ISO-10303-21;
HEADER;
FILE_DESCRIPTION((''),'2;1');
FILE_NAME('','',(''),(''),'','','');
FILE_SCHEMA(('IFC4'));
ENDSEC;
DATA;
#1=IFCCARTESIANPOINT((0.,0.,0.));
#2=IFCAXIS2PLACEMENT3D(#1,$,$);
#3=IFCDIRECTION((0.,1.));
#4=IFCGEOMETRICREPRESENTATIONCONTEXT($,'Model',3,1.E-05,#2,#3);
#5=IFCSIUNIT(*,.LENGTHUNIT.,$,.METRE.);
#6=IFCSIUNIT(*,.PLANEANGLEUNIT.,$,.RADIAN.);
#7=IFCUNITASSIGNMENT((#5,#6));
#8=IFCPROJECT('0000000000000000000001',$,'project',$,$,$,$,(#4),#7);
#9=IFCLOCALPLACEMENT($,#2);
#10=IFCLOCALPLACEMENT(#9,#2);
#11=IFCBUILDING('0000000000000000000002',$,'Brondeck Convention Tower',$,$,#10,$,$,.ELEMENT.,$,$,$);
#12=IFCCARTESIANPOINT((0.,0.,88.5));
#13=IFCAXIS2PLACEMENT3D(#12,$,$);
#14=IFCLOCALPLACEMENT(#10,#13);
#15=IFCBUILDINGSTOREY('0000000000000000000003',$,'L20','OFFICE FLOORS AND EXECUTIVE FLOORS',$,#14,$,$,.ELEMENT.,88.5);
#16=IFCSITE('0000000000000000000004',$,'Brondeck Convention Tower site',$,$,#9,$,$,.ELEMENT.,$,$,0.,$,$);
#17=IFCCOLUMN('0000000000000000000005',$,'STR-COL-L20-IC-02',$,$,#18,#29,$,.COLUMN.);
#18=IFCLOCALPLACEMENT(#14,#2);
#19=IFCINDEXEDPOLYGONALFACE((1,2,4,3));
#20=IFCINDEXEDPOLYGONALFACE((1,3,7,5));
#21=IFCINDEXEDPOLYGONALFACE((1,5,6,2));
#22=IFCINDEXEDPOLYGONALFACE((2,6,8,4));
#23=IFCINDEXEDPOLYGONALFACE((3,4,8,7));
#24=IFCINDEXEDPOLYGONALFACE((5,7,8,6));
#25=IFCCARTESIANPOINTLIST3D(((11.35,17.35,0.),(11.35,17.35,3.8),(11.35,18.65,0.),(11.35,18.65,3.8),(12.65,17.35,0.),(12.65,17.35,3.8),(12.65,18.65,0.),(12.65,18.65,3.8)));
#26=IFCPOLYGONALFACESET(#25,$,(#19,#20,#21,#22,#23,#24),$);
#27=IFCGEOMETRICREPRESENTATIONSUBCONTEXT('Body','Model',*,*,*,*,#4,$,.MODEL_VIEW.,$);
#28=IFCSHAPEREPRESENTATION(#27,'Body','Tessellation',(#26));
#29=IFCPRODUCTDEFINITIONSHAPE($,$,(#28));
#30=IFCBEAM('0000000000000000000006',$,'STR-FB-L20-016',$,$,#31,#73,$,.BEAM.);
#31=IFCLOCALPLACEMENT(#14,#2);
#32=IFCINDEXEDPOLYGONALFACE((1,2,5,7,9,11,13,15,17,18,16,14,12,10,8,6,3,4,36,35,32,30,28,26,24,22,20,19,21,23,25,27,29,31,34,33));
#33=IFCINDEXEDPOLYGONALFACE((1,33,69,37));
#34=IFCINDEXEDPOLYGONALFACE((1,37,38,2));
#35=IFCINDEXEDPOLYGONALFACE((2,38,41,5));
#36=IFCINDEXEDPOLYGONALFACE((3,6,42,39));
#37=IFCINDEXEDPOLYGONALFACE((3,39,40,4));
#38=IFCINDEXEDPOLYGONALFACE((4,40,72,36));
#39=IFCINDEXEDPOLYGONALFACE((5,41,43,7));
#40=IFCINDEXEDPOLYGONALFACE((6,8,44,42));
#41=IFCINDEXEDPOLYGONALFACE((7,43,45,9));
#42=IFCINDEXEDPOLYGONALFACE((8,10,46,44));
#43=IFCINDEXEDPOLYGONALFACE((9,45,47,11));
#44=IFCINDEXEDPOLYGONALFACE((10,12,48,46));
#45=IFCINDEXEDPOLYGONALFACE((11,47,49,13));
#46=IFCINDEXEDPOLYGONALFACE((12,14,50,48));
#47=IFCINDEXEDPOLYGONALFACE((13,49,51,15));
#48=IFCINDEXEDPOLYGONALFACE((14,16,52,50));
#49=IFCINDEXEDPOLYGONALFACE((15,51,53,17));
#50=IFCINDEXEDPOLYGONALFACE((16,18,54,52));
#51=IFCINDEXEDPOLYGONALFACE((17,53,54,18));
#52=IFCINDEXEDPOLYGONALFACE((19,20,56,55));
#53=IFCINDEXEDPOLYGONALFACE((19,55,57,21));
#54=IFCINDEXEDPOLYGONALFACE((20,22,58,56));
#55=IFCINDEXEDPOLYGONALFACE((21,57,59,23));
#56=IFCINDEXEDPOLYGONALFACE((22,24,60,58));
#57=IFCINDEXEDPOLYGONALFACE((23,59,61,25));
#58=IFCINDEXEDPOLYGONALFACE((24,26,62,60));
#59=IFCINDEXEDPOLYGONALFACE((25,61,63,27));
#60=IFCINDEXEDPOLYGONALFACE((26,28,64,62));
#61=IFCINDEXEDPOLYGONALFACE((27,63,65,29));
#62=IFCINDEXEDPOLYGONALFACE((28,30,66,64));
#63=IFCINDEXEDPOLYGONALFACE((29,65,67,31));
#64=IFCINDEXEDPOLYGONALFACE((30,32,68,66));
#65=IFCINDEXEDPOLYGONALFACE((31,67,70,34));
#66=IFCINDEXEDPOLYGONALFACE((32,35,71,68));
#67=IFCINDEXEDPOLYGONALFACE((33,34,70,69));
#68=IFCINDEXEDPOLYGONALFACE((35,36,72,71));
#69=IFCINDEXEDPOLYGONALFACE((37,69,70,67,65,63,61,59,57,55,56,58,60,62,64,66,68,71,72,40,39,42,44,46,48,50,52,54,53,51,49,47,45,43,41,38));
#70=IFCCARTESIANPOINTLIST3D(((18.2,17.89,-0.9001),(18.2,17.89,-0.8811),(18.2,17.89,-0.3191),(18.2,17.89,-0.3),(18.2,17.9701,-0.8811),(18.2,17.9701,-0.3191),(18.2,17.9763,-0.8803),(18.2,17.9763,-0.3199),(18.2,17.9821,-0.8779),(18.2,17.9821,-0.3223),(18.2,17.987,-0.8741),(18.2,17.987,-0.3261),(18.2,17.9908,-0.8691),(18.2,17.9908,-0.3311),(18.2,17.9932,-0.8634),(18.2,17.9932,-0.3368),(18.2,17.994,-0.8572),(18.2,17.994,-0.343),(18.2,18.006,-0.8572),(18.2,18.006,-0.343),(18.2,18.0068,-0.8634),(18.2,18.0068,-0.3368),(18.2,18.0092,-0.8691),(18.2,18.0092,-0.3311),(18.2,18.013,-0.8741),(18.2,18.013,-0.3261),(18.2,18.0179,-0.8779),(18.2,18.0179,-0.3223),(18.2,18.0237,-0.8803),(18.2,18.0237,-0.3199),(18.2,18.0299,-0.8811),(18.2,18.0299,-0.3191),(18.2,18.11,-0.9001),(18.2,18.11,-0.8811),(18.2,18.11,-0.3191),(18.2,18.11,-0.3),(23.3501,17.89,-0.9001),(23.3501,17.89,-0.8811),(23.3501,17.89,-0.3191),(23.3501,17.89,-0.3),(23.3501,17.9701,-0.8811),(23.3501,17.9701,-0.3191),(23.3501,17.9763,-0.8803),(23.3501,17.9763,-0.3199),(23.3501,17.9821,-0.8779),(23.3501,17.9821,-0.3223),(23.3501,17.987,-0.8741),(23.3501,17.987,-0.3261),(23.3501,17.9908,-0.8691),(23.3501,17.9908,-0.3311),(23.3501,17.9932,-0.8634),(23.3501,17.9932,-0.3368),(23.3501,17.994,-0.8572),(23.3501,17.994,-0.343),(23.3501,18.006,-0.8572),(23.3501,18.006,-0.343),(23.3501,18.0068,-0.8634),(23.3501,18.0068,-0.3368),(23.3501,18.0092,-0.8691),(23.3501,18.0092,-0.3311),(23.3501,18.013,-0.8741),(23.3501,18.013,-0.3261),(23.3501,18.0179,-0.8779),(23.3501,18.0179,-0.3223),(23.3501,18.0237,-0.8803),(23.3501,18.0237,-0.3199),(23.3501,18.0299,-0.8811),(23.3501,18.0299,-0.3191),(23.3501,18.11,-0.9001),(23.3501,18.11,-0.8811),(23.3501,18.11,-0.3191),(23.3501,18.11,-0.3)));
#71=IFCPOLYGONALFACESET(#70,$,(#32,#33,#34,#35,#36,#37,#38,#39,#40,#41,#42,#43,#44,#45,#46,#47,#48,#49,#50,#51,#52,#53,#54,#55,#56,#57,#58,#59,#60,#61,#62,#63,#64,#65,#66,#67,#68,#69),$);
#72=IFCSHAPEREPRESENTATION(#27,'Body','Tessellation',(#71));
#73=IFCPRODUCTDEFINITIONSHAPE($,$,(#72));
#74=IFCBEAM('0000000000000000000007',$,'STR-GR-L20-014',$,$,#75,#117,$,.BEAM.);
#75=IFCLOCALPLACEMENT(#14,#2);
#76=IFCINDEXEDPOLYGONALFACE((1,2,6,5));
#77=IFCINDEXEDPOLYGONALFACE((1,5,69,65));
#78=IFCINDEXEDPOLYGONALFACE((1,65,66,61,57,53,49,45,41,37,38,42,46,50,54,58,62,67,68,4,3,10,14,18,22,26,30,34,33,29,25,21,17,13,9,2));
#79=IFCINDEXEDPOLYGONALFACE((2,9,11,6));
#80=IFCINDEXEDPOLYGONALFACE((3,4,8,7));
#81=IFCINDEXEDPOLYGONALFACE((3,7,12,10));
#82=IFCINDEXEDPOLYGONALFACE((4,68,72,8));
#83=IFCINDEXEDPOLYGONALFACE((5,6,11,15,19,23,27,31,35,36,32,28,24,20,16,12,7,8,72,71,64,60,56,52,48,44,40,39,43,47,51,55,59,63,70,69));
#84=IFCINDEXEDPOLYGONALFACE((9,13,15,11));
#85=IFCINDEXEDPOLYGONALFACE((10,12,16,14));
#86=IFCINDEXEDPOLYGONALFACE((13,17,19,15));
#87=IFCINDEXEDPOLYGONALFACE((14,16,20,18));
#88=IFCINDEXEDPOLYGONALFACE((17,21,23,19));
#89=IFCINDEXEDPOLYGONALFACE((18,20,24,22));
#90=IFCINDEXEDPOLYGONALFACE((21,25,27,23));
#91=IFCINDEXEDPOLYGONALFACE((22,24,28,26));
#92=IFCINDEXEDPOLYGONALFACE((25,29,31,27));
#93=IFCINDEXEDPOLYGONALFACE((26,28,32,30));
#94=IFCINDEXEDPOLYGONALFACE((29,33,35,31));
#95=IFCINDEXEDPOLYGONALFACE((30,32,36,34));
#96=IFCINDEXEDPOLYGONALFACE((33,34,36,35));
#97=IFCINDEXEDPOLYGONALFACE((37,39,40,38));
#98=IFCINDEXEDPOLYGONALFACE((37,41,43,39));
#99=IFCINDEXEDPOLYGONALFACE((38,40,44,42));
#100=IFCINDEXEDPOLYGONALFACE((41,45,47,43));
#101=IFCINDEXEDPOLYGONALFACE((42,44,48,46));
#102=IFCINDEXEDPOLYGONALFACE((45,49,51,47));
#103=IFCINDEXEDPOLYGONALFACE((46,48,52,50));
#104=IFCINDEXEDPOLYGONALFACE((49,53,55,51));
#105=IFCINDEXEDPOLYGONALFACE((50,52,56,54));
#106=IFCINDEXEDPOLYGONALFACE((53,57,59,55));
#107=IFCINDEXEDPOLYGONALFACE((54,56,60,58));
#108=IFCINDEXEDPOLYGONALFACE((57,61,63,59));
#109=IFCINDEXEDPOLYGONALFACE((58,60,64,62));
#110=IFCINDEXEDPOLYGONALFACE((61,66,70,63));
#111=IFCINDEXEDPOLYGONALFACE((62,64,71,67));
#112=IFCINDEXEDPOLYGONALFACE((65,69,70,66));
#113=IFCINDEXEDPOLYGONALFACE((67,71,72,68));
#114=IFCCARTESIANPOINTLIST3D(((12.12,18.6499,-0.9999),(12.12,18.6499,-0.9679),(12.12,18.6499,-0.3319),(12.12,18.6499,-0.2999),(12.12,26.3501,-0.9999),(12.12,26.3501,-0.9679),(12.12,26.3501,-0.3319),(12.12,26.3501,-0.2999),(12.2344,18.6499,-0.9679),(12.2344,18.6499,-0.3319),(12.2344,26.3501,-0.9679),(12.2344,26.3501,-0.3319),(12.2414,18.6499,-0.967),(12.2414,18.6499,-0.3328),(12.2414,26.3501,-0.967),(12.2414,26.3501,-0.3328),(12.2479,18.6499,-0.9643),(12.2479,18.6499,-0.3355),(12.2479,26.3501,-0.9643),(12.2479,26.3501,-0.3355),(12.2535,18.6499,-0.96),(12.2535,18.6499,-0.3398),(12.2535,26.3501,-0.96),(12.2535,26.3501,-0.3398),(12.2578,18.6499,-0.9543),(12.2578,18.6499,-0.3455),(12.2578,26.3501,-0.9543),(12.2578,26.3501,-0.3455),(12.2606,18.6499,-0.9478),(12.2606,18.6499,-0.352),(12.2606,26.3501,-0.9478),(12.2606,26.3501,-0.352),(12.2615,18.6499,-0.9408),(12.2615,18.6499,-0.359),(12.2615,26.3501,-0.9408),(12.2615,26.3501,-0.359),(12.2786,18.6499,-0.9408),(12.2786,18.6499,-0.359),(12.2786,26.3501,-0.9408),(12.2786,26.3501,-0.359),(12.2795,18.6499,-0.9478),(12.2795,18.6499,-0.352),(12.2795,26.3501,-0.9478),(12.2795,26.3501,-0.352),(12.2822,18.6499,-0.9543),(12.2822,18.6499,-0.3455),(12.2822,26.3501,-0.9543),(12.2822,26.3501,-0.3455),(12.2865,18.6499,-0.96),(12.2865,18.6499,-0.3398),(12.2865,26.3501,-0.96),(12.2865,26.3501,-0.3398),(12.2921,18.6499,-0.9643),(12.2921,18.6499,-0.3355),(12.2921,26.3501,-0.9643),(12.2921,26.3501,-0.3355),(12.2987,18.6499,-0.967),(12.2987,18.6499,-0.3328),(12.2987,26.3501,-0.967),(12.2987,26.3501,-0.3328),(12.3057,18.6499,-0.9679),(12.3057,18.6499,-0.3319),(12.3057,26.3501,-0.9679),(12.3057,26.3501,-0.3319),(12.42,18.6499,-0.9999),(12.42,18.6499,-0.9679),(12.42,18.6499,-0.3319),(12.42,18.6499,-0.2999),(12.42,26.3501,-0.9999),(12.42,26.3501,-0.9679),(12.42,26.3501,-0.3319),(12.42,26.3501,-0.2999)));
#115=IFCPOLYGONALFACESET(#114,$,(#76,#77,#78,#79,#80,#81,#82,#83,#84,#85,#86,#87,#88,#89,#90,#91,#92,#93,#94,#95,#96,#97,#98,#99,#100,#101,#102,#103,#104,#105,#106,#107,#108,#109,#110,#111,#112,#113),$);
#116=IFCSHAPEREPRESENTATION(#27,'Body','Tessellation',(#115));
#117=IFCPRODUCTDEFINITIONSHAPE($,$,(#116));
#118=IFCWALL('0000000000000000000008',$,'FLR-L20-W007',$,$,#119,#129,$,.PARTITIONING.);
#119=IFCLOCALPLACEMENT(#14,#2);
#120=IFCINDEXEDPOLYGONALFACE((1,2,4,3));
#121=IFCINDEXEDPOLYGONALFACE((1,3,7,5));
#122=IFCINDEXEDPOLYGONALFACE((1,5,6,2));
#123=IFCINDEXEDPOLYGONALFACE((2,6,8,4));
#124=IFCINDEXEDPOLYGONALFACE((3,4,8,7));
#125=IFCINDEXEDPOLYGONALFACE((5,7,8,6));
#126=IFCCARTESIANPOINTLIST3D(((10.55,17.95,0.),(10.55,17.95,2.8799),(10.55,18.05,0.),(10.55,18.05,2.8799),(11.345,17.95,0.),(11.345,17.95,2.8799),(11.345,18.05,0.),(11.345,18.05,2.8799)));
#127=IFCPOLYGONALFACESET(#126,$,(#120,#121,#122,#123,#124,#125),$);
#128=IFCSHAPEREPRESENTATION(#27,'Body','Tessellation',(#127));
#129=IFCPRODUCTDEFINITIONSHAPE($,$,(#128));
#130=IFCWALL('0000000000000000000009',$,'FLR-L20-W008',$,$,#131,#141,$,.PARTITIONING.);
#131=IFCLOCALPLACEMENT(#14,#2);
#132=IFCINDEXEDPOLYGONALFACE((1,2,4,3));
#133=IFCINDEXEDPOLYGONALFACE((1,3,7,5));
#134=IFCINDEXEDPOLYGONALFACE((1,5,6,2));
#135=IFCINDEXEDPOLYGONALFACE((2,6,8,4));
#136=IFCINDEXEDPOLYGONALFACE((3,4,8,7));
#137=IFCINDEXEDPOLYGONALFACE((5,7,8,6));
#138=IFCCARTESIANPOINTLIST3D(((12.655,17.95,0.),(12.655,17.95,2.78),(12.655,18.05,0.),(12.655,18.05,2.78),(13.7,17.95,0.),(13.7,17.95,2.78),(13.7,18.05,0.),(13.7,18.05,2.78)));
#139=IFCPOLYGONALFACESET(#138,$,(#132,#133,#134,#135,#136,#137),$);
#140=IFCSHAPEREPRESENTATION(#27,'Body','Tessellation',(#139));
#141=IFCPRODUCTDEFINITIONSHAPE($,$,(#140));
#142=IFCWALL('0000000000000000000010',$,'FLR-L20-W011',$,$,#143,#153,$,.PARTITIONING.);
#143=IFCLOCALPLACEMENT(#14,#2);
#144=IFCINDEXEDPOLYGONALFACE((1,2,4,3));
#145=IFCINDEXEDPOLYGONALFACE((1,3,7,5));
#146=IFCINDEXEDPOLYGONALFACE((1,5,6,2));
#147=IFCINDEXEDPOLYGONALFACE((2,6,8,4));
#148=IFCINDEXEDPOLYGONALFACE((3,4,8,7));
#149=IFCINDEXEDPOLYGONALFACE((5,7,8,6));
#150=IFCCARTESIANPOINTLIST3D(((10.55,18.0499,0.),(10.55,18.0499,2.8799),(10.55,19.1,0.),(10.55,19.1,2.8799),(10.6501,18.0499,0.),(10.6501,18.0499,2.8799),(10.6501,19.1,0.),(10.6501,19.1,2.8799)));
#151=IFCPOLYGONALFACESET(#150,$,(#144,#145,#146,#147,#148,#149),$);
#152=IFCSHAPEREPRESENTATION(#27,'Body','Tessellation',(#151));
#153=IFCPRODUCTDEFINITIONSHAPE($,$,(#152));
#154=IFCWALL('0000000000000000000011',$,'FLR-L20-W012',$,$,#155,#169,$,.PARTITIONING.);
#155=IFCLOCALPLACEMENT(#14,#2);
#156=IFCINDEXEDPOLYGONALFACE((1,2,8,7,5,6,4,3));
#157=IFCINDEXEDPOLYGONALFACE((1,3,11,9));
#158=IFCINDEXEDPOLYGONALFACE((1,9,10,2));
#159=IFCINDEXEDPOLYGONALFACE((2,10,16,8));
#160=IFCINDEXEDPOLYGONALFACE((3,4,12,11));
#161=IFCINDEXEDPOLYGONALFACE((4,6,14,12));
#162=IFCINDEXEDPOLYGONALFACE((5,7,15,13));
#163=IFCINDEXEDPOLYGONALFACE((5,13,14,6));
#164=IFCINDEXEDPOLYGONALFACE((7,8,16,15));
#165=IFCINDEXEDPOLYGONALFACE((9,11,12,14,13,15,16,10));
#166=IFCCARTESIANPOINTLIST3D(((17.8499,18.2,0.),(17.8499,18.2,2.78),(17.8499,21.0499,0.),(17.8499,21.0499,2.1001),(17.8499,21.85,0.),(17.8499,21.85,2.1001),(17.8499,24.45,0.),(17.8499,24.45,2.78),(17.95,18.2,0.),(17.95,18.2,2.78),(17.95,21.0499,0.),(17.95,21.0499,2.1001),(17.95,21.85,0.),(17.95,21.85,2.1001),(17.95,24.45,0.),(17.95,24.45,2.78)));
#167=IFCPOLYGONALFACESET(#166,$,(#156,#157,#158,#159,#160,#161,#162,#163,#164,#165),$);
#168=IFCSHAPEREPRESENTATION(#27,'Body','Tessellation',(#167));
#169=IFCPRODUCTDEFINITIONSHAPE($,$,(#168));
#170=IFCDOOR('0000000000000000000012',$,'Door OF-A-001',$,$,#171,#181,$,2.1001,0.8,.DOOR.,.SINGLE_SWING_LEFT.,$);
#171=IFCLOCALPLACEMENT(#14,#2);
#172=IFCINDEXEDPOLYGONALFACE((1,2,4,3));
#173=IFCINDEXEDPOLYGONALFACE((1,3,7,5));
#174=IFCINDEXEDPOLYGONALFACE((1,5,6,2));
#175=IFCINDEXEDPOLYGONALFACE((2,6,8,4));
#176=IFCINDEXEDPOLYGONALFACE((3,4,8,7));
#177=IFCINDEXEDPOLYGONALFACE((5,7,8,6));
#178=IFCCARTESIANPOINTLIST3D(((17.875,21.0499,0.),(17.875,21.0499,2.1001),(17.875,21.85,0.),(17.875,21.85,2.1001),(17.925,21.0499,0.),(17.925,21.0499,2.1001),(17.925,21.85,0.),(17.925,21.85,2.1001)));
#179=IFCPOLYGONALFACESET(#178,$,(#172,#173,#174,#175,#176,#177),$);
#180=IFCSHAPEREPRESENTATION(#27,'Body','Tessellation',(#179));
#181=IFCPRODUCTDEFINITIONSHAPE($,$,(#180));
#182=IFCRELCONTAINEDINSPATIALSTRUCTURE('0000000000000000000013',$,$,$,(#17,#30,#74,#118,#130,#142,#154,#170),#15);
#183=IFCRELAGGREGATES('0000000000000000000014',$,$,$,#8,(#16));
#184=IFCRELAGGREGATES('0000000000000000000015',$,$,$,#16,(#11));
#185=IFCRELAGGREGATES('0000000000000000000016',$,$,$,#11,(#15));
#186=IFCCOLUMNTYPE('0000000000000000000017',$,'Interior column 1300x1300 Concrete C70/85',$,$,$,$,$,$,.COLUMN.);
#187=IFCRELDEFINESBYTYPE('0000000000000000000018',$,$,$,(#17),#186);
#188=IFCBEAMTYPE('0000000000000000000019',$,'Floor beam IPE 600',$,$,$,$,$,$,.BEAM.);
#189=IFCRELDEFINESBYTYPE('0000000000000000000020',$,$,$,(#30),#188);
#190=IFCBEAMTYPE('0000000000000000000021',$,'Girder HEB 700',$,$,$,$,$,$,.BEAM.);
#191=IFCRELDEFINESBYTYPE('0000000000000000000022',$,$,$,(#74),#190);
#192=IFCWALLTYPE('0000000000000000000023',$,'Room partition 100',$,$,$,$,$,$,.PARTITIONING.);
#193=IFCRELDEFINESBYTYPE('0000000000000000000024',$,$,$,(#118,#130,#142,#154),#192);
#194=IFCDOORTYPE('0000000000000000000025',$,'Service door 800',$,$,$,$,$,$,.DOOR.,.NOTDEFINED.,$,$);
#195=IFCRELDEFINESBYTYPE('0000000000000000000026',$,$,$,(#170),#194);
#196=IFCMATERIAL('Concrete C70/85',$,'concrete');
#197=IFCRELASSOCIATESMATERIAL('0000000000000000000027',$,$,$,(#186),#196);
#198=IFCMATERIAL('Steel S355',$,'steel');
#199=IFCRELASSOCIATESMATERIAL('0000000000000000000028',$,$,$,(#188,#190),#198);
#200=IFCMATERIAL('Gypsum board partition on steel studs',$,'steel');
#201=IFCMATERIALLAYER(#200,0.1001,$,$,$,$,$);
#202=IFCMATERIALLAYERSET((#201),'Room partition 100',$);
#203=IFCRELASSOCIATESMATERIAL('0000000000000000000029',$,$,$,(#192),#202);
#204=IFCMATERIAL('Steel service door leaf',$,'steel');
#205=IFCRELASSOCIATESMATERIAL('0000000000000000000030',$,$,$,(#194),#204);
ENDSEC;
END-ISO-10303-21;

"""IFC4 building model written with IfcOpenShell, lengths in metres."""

from ifc_helpers import new_model, si_unit, direction, frame, frame_2d, origin, origin_2d, place, context, subcontext, project, spatial, rectangle, i_section, extrude, material, layer, layer_set, material_profile, profile_set, type_object, element, fill, save


model = new_model("IFC4")

# Units and contexts
model_context = context("Model", 3, precision=1e-05, world=origin(), true_north=direction((0.0, 1.0)))
body_context = subcontext(model_context, "Body", "Model", "MODEL_VIEW")
ifc_project = project(units=[si_unit("LENGTHUNIT", "METRE"), si_unit("PLANEANGLEUNIT", "RADIAN")], contexts=[model_context])

# Site, building, storey
site_placement = place(None, origin())
site = spatial("IfcSite", under=ifc_project, at=site_placement, Name="Brondeck Convention Tower site", CompositionType="ELEMENT", RefElevation=0.0)
building_placement = place(site_placement, origin())
building = spatial("IfcBuilding", under=site, at=building_placement, Name="Brondeck Convention Tower", CompositionType="ELEMENT")
storey_placement = place(building_placement, frame((0.0, 0.0, 88.5)))
storey = spatial("IfcBuildingStorey", under=building, at=storey_placement, Name="L20", Description="OFFICE FLOORS AND EXECUTIVE FLOORS", CompositionType="ELEMENT", Elevation=88.5)

# Column
ifc_material_1 = material(Name="Concrete C70/85", Category="concrete")
ifc_material_profile_1 = material_profile(ifc_material_1, rectangle(XDim=1.3, YDim=1.3, at=origin_2d()), Name="Interior column 1300x1300 Concrete C70/85")
ifc_profile_set_1 = profile_set([ifc_material_profile_1], Name="Concrete C70/85")
column_type = type_object("IfcColumnType", Name="Interior column 1300x1300 Concrete C70/85", PredefinedType="COLUMN", material=ifc_profile_set_1)
column_placement = place(storey_placement, frame((12.0, 18.0, 0.0), z_axis=(0.0, 0.0, 1.0), x_axis=(1.0, 0.0, 0.0)))
element("IfcColumn", 1, at=column_placement, inside=storey, type_object=column_type, Name="STR-COL-L20-IC-02", PredefinedType="COLUMN", context=body_context, shape_type="SweptSolid", body=[
    extrude(rectangle(XDim=1.3, YDim=1.3, at=origin_2d()), origin(), (0.0, 0.0, 1.0), 3.8),
])

# Beams
ifc_material_2 = material(Name="Steel S355", Category="steel")
ifc_material_profile_2 = material_profile(ifc_material_2, i_section(OverallWidth=0.22, OverallDepth=0.6001, WebThickness=0.012, FlangeThickness=0.019, FilletRadius=0.0239, at=origin_2d()), Name="IPE 600")
ifc_profile_set_2 = profile_set([ifc_material_profile_2], Name="Steel S355")
beam_type_1 = type_object("IfcBeamType", Name="Floor beam IPE 600", PredefinedType="BEAM", material=ifc_profile_set_2)
beam_1_placement = place(storey_placement, frame((18.2, 18.0, -0.6001), z_axis=(1.0, 0.0, 0.0), x_axis=(0.0, 1.0, 0.0)))
element("IfcBeam", 2, at=beam_1_placement, inside=storey, type_object=beam_type_1, Name="STR-FB-L20-016", PredefinedType="BEAM", context=body_context, shape_type="SweptSolid", body=[
    extrude(i_section(OverallWidth=0.22, OverallDepth=0.6001, WebThickness=0.012, FlangeThickness=0.019, FilletRadius=0.0239, at=origin_2d()), origin(), (0.0, 0.0, 1.0), 5.1501),
])
ifc_material_profile_3 = material_profile(ifc_material_2, i_section(OverallWidth=0.3, OverallDepth=0.7, WebThickness=0.0171, FlangeThickness=0.032, FilletRadius=0.0271, at=origin_2d()), Name="HEB 700")
ifc_profile_set_3 = profile_set([ifc_material_profile_3], Name="Steel S355")
beam_type_2 = type_object("IfcBeamType", Name="Girder HEB 700", PredefinedType="BEAM", material=ifc_profile_set_3)
beam_2_placement = place(storey_placement, frame((12.27, 26.3501, -0.6499), z_axis=(0.0, -1.0, 0.0), x_axis=(1.0, 0.0, 0.0)))
element("IfcBeam", 3, at=beam_2_placement, inside=storey, type_object=beam_type_2, Name="STR-GR-L20-014", PredefinedType="BEAM", context=body_context, shape_type="SweptSolid", body=[
    extrude(i_section(OverallWidth=0.3, OverallDepth=0.7, WebThickness=0.0171, FlangeThickness=0.032, FilletRadius=0.0271, at=origin_2d()), origin(), (0.0, 0.0, 1.0), 7.7002),
])

# Walls
ifc_material_3 = material(Name="Gypsum board partition on steel studs", Category="steel")
ifc_layer_1 = layer(ifc_material_3, 0.1001)
ifc_layer_set_1 = layer_set([ifc_layer_1], Name="Room partition 100")
wall_type_1 = type_object("IfcWallType", Name="Room partition 100", PredefinedType="PARTITIONING", material=ifc_layer_set_1)
wall_1_placement = place(storey_placement, frame((11.345, 18.0, 0.0), z_axis=(0.0, 0.0, 1.0), x_axis=(-1.0, 0.0, 0.0)))
element("IfcWall", 4, at=wall_1_placement, inside=storey, type_object=wall_type_1, Name="FLR-L20-W007", PredefinedType="PARTITIONING", context=body_context, shape_type="SweptSolid", body=[
    extrude(rectangle(XDim=0.7949, YDim=0.1001, at=frame_2d((0.3975, 0.0))), origin(), (0.0, 0.0, 1.0), 2.8799),
])
wall_2_placement = place(storey_placement, frame((13.7, 18.0, 0.0), z_axis=(0.0, 0.0, 1.0), x_axis=(-1.0, 0.0, 0.0)))
element("IfcWall", 5, at=wall_2_placement, inside=storey, type_object=wall_type_1, Name="FLR-L20-W008", PredefinedType="PARTITIONING", context=body_context, shape_type="SweptSolid", body=[
    extrude(rectangle(XDim=1.0449, YDim=0.1001, at=frame_2d((0.5225, 0.0))), origin(), (0.0, 0.0, 1.0), 2.78),
])
wall_3_placement = place(storey_placement, frame((10.6001, 18.05, 0.0), z_axis=(0.0, 0.0, 1.0), x_axis=(0.0, 1.0, 0.0)))
element("IfcWall", 6, at=wall_3_placement, inside=storey, type_object=wall_type_1, Name="FLR-L20-W011", PredefinedType="PARTITIONING", context=body_context, shape_type="SweptSolid", body=[
    extrude(rectangle(XDim=1.05, YDim=0.1001, at=frame_2d((0.5249, 0.0))), origin(), (0.0, 0.0, 1.0), 2.8799),
])

# Wall, opening, door
wall_4_placement = place(storey_placement, frame((17.8999, 18.2, 0.0), z_axis=(0.0, 0.0, 1.0), x_axis=(0.0, 1.0, 0.0)))
wall_4 = element("IfcWall", 7, at=wall_4_placement, inside=storey, type_object=wall_type_1, Name="FLR-L20-W012", PredefinedType="PARTITIONING", context=body_context, shape_type="SweptSolid", body=[
    extrude(rectangle(XDim=6.25, YDim=0.1001, at=frame_2d((3.125, 0.0))), origin(), (0.0, 0.0, 1.0), 2.78),
])
opening_1_placement = place(wall_4_placement, frame((2.8501, 0.0, 0.0)))
opening_1 = element("IfcOpeningElement", 8, at=opening_1_placement, cuts=wall_4, PredefinedType="OPENING", context=body_context, shape_type="SweptSolid", body=[
    extrude(rectangle(XDim=0.8, YDim=2.1001, at=frame_2d((0.3999, 1.05))), frame((0.0, 0.0601, 0.0), z_axis=(0.0, -1.0, 0.0), x_axis=(1.0, 0.0, 0.0)), (0.0, 0.0, 1.0), 0.1201),
])
ifc_material_4 = material(Name="Steel service door leaf", Category="steel")
door_type_1 = type_object("IfcDoorType", Name="Service door 800", OperationType="NOTDEFINED", PredefinedType="DOOR", material=ifc_material_4)
door_1_placement = place(opening_1_placement, origin())
door_1 = element("IfcDoor", 9, at=door_1_placement, inside=storey, type_object=door_type_1, Name="Door OF-A-001", OperationType="SINGLE_SWING_LEFT", OverallHeight=2.1001, OverallWidth=0.8, PredefinedType="DOOR", context=body_context, shape_type="SweptSolid", body=[
    extrude(rectangle(XDim=0.8, YDim=2.1001, at=frame_2d((0.3999, 1.05))), frame((0.0, 0.0249, 0.0), z_axis=(0.0, -1.0, 0.0), x_axis=(1.0, 0.0, 0.0)), (0.0, 0.0, 1.0), 0.05),
])
fill(opening_1, door_1)

save(model, "model.ifc")
